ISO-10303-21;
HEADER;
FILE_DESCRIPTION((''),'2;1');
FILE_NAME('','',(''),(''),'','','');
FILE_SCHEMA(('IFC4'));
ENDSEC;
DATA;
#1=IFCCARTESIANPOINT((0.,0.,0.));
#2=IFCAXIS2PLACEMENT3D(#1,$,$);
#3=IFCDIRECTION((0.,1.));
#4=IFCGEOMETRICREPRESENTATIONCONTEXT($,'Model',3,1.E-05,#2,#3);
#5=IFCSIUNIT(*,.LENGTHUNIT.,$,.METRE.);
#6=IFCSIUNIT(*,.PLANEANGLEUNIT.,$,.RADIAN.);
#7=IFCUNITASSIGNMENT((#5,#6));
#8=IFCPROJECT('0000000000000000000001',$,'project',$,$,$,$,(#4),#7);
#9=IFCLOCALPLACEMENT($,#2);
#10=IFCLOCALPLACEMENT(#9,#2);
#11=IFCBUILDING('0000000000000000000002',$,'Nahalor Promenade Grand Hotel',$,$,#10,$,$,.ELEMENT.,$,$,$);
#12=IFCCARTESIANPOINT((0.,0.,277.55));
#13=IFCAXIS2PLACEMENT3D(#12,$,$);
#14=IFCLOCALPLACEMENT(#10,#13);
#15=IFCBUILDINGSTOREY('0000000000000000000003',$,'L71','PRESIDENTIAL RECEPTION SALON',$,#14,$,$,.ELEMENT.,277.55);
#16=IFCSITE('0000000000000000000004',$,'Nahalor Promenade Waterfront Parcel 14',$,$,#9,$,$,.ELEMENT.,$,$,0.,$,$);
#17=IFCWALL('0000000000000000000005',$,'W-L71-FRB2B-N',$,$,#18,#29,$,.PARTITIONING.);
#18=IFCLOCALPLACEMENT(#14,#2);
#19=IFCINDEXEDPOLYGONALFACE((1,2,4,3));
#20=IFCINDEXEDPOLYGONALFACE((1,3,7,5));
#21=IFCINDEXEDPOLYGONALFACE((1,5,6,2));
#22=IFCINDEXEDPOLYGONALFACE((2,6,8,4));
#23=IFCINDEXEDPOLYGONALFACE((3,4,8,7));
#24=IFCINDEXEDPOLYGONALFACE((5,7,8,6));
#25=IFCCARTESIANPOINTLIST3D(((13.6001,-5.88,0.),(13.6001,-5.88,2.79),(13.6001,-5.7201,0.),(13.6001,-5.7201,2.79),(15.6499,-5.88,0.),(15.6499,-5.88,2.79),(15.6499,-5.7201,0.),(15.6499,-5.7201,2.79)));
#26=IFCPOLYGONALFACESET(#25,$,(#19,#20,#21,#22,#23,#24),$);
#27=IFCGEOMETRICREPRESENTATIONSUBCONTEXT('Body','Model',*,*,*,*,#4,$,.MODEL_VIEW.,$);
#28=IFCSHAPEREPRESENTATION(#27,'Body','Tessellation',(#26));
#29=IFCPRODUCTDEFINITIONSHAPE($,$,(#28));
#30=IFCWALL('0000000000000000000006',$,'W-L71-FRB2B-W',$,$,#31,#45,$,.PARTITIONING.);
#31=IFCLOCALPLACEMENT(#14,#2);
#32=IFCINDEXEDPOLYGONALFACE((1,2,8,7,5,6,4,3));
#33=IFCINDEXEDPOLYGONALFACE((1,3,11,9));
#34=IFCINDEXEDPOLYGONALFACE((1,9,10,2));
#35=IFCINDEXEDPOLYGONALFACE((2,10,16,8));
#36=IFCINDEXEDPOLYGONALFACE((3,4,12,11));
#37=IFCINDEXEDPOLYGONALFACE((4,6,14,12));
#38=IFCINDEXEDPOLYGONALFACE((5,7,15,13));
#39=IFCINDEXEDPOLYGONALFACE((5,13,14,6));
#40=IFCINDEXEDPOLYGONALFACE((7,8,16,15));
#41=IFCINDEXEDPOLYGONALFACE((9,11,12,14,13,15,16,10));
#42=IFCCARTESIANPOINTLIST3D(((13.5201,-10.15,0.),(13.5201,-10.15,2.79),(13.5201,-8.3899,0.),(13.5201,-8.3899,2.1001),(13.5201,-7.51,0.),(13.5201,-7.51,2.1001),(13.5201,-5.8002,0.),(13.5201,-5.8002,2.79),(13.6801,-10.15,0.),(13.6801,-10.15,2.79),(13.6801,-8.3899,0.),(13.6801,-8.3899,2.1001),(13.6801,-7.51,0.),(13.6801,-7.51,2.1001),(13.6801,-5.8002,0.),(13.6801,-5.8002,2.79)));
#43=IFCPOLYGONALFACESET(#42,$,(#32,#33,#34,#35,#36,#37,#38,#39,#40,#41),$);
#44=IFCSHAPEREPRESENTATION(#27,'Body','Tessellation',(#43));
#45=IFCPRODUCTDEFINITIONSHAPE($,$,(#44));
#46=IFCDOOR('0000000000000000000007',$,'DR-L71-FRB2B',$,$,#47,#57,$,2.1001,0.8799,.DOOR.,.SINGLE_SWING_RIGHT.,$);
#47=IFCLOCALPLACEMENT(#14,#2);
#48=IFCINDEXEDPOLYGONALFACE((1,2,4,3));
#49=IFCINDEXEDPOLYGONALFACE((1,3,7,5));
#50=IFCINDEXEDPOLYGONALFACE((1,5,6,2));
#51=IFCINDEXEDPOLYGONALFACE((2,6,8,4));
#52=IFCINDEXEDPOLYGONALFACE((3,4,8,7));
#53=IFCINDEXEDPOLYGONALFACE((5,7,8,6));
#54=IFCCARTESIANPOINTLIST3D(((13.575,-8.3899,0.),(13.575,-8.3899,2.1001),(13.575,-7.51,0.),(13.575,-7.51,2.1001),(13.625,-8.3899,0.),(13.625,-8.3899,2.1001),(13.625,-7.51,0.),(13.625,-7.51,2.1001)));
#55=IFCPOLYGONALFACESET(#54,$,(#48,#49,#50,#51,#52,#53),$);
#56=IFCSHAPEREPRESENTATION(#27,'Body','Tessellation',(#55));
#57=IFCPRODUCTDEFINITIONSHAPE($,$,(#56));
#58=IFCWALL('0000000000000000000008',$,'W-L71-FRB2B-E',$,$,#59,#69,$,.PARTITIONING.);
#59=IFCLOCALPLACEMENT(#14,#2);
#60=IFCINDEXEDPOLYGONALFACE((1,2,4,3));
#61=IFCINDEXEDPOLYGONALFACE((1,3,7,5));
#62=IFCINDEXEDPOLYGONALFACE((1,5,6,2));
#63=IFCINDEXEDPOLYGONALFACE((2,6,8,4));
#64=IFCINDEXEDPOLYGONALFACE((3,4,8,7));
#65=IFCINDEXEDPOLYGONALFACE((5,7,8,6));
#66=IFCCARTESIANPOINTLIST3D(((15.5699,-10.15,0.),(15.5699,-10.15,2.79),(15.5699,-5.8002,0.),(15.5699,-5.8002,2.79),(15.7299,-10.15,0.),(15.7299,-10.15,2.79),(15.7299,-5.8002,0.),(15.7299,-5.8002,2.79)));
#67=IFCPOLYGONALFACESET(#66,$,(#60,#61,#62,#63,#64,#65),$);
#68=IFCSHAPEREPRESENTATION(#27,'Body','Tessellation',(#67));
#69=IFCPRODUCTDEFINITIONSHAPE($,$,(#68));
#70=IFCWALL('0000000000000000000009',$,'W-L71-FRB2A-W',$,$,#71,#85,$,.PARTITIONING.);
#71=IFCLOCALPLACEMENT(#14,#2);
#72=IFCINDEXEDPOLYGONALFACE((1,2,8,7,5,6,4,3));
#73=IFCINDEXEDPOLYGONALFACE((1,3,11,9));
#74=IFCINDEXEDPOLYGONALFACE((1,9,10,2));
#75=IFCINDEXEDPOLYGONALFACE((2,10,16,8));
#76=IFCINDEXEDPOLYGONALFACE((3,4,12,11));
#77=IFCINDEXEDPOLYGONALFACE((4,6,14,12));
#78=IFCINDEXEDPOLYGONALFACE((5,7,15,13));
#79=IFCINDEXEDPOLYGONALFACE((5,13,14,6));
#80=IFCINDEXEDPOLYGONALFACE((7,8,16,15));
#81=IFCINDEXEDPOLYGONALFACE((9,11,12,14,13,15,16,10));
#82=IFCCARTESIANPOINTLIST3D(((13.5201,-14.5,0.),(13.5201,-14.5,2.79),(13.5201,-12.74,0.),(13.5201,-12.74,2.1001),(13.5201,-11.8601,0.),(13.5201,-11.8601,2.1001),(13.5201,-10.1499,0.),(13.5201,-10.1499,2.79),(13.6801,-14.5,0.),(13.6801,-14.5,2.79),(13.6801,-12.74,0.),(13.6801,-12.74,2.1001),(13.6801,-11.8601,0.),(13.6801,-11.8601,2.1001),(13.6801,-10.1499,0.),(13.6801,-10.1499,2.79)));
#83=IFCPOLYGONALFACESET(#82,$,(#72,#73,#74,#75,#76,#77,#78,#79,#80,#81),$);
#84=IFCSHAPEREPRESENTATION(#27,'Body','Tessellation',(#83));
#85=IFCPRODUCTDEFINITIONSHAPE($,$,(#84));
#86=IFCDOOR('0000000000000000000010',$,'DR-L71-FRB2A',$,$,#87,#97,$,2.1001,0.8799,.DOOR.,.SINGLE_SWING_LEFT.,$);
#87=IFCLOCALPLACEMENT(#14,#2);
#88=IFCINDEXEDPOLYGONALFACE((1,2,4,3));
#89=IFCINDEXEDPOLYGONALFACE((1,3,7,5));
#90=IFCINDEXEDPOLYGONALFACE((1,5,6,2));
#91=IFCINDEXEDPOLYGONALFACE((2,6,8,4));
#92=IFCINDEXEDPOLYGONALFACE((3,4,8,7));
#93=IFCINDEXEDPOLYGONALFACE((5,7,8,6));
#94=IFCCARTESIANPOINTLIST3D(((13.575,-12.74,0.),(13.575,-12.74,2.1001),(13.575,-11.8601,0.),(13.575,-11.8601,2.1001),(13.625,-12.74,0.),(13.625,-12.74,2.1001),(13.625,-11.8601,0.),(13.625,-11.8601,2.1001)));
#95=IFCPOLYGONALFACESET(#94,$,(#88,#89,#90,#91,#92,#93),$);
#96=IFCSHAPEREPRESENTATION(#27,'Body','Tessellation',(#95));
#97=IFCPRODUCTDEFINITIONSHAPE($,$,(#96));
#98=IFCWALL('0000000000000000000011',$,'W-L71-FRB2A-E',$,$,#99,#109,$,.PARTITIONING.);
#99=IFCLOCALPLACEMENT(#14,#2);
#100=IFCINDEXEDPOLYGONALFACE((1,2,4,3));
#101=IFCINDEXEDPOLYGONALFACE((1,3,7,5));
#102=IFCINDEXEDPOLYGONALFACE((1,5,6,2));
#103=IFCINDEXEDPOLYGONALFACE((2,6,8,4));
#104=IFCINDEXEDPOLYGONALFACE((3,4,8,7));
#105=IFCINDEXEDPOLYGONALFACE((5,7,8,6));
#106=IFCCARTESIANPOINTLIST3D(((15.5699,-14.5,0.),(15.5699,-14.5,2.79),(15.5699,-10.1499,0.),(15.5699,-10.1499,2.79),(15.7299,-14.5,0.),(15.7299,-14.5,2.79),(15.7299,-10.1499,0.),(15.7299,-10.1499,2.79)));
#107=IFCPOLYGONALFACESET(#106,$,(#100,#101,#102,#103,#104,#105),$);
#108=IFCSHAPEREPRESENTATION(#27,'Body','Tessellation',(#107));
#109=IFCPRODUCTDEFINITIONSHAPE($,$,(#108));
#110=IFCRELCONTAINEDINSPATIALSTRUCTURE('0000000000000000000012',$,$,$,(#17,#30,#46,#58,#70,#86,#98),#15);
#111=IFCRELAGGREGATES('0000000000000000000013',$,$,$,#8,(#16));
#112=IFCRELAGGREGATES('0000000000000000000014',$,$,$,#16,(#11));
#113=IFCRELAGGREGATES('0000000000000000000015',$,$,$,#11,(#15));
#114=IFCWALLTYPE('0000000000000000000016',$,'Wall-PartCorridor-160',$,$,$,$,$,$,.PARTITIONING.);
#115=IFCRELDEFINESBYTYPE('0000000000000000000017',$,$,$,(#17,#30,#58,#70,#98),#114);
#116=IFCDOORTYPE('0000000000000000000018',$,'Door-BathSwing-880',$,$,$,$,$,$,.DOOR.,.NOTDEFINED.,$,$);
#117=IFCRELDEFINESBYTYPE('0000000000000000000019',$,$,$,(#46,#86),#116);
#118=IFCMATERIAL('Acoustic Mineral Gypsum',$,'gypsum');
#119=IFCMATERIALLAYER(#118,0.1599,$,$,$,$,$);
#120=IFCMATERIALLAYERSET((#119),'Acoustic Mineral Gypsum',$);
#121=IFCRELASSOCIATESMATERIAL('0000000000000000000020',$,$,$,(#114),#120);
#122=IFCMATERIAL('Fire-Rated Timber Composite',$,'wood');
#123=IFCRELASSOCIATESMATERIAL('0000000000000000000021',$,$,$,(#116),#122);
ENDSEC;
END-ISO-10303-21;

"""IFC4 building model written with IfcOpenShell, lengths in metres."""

from ifc_helpers import new_model, si_unit, direction, frame, frame_2d, origin, place, context, subcontext, project, spatial, rectangle, extrude, source, transform, mapped, material, layer, layer_set, type_object, element, fill, save


model = new_model("IFC4")

# Units and contexts
model_context = context("Model", 3, precision=1e-05, world=origin(), true_north=direction((0.0, 1.0)))
body_context = subcontext(model_context, "Body", "Model", "MODEL_VIEW")
ifc_project = project(units=[si_unit("LENGTHUNIT", "METRE"), si_unit("PLANEANGLEUNIT", "RADIAN")], contexts=[model_context])

# Site, building, storey
site_placement = place(None, origin())
site = spatial("IfcSite", under=ifc_project, at=site_placement, Name="Nahalor Promenade Waterfront Parcel 14", CompositionType="ELEMENT", RefElevation=0.0)
building_placement = place(site_placement, origin())
building = spatial("IfcBuilding", under=site, at=building_placement, Name="Nahalor Promenade Grand Hotel", CompositionType="ELEMENT")
storey_placement = place(building_placement, frame((0.0, 0.0, 277.55)))
storey = spatial("IfcBuildingStorey", under=building, at=storey_placement, Name="L71", Description="PRESIDENTIAL RECEPTION SALON", CompositionType="ELEMENT", Elevation=277.55)

# Wall
ifc_material_1 = material(Name="Acoustic Mineral Gypsum", Category="gypsum")
ifc_layer_1 = layer(ifc_material_1, 0.1599)
ifc_layer_set_1 = layer_set([ifc_layer_1], Name="Acoustic Mineral Gypsum")
wall_type_1 = type_object("IfcWallType", Name="Wall-PartCorridor-160", PredefinedType="PARTITIONING", material=ifc_layer_set_1)
shared_shape_1 = source(origin(), body_context, "Body", "SweptSolid", [
    extrude(rectangle(XDim=2.0498, YDim=0.1599, at=frame_2d((1.0249, 0.0))), origin(), (0.0, 0.0, 1.0), 2.79),
])
for number, where, z_axis, x_axis, name in (
    (1, (13.6001, -5.8, 0.0), (0.0, 0.0, 1.0), (1.0, 0.0, 0.0), "W-L71-FRB2B-N"),
):
    element("IfcWall", number, at=place(storey_placement, frame(where, z_axis=z_axis, x_axis=x_axis)), inside=storey, type_object=wall_type_1, Name=name, PredefinedType="PARTITIONING", context=body_context, shape_type="MappedRepresentation", body=[
        mapped(shared_shape_1, transform((0.0, 0.0, 0.0), scale=1.0)),
    ])

# Wall, opening, door
shared_shape_2 = source(origin(), body_context, "Body", "SweptSolid", [
    extrude(rectangle(XDim=4.3499, YDim=0.1599, at=frame_2d((2.1748, 0.0))), origin(), (0.0, 0.0, 1.0), 2.79),
])
wall_1_placement = place(storey_placement, frame((13.6001, -10.1499, 0.0), z_axis=(0.0, 0.0, 1.0), x_axis=(0.0, 1.0, 0.0)))
wall_1 = element("IfcWall", 2, at=wall_1_placement, inside=storey, type_object=wall_type_1, Name="W-L71-FRB2B-W", PredefinedType="PARTITIONING", context=body_context, shape_type="MappedRepresentation", body=[
    mapped(shared_shape_2, transform((0.0, 0.0, 0.0), scale=1.0)),
])
opening_1_placement = place(wall_1_placement, frame((1.76, 0.0, 0.0)))
opening_1 = element("IfcOpeningElement", 3, at=opening_1_placement, cuts=wall_1, PredefinedType="OPENING", context=body_context, shape_type="SweptSolid", body=[
    extrude(rectangle(XDim=0.8799, YDim=2.1001, at=frame_2d((0.4399, 1.05))), frame((0.0, 0.0898, 0.0), z_axis=(0.0, -1.0, 0.0), x_axis=(1.0, 0.0, 0.0)), (0.0, 0.0, 1.0), 0.1799),
])
ifc_material_2 = material(Name="Fire-Rated Timber Composite", Category="wood")
door_type = type_object("IfcDoorType", Name="Door-BathSwing-880", OperationType="NOTDEFINED", PredefinedType="DOOR", material=ifc_material_2)
shared_shape_3 = source(origin(), body_context, "Body", "SweptSolid", [
    extrude(rectangle(XDim=0.8799, YDim=2.1001, at=frame_2d((0.4399, 1.05))), frame((0.0, 0.0249, 0.0), z_axis=(0.0, -1.0, 0.0), x_axis=(1.0, 0.0, 0.0)), (0.0, 0.0, 1.0), 0.05),
])
door_1_placement = place(opening_1_placement, frame((0.8799, 0.0, 0.0), z_axis=(0.0, 0.0, 1.0), x_axis=(-1.0, 0.0, 0.0)))
door_1 = element("IfcDoor", 4, at=door_1_placement, inside=storey, type_object=door_type, Name="DR-L71-FRB2B", OperationType="SINGLE_SWING_RIGHT", OverallHeight=2.1001, OverallWidth=0.8799, PredefinedType="DOOR", context=body_context, shape_type="MappedRepresentation", body=[
    mapped(shared_shape_3, transform((0.0, 0.0, 0.0), scale=1.0)),
])
fill(opening_1, door_1)

# Wall
wall_2_placement = place(storey_placement, frame((15.6499, -10.1499, 0.0), z_axis=(0.0, 0.0, 1.0), x_axis=(0.0, 1.0, 0.0)))
element("IfcWall", 5, at=wall_2_placement, inside=storey, type_object=wall_type_1, Name="W-L71-FRB2B-E", PredefinedType="PARTITIONING", context=body_context, shape_type="MappedRepresentation", body=[
    mapped(shared_shape_2, transform((0.0, 0.0, 0.0), scale=1.0)),
])

# Wall, opening, door
shared_shape_4 = source(origin(), body_context, "Body", "SweptSolid", [
    extrude(rectangle(XDim=4.3501, YDim=0.1599, at=frame_2d((2.175, 0.0))), origin(), (0.0, 0.0, 1.0), 2.79),
])
wall_3_placement = place(storey_placement, frame((13.6001, -14.5, 0.0), z_axis=(0.0, 0.0, 1.0), x_axis=(0.0, 1.0, 0.0)))
wall_3 = element("IfcWall", 6, at=wall_3_placement, inside=storey, type_object=wall_type_1, Name="W-L71-FRB2A-W", PredefinedType="PARTITIONING", context=body_context, shape_type="MappedRepresentation", body=[
    mapped(shared_shape_4, transform((0.0, 0.0, 0.0), scale=1.0)),
])
opening_2_placement = place(wall_3_placement, frame((1.76, 0.0, 0.0)))
opening_2 = element("IfcOpeningElement", 7, at=opening_2_placement, cuts=wall_3, PredefinedType="OPENING", context=body_context, shape_type="SweptSolid", body=[
    extrude(rectangle(XDim=0.8799, YDim=2.1001, at=frame_2d((0.4399, 1.05))), frame((0.0, 0.0898, 0.0), z_axis=(0.0, -1.0, 0.0), x_axis=(1.0, 0.0, 0.0)), (0.0, 0.0, 1.0), 0.1799),
])
door_2_placement = place(opening_2_placement, frame((0.8799, 0.0, 0.0), z_axis=(0.0, 0.0, 1.0), x_axis=(-1.0, 0.0, 0.0)))
door_2 = element("IfcDoor", 8, at=door_2_placement, inside=storey, type_object=door_type, Name="DR-L71-FRB2A", OperationType="SINGLE_SWING_LEFT", OverallHeight=2.1001, OverallWidth=0.8799, PredefinedType="DOOR", context=body_context, shape_type="MappedRepresentation", body=[
    mapped(shared_shape_3, transform((0.0, 0.0, 0.0), scale=1.0)),
])
fill(opening_2, door_2)

# Wall
wall_4_placement = place(storey_placement, frame((15.6499, -14.5, 0.0), z_axis=(0.0, 0.0, 1.0), x_axis=(0.0, 1.0, 0.0)))
element("IfcWall", 9, at=wall_4_placement, inside=storey, type_object=wall_type_1, Name="W-L71-FRB2A-E", PredefinedType="PARTITIONING", context=body_context, shape_type="MappedRepresentation", body=[
    mapped(shared_shape_4, transform((0.0, 0.0, 0.0), scale=1.0)),
])

save(model, "model.ifc")
